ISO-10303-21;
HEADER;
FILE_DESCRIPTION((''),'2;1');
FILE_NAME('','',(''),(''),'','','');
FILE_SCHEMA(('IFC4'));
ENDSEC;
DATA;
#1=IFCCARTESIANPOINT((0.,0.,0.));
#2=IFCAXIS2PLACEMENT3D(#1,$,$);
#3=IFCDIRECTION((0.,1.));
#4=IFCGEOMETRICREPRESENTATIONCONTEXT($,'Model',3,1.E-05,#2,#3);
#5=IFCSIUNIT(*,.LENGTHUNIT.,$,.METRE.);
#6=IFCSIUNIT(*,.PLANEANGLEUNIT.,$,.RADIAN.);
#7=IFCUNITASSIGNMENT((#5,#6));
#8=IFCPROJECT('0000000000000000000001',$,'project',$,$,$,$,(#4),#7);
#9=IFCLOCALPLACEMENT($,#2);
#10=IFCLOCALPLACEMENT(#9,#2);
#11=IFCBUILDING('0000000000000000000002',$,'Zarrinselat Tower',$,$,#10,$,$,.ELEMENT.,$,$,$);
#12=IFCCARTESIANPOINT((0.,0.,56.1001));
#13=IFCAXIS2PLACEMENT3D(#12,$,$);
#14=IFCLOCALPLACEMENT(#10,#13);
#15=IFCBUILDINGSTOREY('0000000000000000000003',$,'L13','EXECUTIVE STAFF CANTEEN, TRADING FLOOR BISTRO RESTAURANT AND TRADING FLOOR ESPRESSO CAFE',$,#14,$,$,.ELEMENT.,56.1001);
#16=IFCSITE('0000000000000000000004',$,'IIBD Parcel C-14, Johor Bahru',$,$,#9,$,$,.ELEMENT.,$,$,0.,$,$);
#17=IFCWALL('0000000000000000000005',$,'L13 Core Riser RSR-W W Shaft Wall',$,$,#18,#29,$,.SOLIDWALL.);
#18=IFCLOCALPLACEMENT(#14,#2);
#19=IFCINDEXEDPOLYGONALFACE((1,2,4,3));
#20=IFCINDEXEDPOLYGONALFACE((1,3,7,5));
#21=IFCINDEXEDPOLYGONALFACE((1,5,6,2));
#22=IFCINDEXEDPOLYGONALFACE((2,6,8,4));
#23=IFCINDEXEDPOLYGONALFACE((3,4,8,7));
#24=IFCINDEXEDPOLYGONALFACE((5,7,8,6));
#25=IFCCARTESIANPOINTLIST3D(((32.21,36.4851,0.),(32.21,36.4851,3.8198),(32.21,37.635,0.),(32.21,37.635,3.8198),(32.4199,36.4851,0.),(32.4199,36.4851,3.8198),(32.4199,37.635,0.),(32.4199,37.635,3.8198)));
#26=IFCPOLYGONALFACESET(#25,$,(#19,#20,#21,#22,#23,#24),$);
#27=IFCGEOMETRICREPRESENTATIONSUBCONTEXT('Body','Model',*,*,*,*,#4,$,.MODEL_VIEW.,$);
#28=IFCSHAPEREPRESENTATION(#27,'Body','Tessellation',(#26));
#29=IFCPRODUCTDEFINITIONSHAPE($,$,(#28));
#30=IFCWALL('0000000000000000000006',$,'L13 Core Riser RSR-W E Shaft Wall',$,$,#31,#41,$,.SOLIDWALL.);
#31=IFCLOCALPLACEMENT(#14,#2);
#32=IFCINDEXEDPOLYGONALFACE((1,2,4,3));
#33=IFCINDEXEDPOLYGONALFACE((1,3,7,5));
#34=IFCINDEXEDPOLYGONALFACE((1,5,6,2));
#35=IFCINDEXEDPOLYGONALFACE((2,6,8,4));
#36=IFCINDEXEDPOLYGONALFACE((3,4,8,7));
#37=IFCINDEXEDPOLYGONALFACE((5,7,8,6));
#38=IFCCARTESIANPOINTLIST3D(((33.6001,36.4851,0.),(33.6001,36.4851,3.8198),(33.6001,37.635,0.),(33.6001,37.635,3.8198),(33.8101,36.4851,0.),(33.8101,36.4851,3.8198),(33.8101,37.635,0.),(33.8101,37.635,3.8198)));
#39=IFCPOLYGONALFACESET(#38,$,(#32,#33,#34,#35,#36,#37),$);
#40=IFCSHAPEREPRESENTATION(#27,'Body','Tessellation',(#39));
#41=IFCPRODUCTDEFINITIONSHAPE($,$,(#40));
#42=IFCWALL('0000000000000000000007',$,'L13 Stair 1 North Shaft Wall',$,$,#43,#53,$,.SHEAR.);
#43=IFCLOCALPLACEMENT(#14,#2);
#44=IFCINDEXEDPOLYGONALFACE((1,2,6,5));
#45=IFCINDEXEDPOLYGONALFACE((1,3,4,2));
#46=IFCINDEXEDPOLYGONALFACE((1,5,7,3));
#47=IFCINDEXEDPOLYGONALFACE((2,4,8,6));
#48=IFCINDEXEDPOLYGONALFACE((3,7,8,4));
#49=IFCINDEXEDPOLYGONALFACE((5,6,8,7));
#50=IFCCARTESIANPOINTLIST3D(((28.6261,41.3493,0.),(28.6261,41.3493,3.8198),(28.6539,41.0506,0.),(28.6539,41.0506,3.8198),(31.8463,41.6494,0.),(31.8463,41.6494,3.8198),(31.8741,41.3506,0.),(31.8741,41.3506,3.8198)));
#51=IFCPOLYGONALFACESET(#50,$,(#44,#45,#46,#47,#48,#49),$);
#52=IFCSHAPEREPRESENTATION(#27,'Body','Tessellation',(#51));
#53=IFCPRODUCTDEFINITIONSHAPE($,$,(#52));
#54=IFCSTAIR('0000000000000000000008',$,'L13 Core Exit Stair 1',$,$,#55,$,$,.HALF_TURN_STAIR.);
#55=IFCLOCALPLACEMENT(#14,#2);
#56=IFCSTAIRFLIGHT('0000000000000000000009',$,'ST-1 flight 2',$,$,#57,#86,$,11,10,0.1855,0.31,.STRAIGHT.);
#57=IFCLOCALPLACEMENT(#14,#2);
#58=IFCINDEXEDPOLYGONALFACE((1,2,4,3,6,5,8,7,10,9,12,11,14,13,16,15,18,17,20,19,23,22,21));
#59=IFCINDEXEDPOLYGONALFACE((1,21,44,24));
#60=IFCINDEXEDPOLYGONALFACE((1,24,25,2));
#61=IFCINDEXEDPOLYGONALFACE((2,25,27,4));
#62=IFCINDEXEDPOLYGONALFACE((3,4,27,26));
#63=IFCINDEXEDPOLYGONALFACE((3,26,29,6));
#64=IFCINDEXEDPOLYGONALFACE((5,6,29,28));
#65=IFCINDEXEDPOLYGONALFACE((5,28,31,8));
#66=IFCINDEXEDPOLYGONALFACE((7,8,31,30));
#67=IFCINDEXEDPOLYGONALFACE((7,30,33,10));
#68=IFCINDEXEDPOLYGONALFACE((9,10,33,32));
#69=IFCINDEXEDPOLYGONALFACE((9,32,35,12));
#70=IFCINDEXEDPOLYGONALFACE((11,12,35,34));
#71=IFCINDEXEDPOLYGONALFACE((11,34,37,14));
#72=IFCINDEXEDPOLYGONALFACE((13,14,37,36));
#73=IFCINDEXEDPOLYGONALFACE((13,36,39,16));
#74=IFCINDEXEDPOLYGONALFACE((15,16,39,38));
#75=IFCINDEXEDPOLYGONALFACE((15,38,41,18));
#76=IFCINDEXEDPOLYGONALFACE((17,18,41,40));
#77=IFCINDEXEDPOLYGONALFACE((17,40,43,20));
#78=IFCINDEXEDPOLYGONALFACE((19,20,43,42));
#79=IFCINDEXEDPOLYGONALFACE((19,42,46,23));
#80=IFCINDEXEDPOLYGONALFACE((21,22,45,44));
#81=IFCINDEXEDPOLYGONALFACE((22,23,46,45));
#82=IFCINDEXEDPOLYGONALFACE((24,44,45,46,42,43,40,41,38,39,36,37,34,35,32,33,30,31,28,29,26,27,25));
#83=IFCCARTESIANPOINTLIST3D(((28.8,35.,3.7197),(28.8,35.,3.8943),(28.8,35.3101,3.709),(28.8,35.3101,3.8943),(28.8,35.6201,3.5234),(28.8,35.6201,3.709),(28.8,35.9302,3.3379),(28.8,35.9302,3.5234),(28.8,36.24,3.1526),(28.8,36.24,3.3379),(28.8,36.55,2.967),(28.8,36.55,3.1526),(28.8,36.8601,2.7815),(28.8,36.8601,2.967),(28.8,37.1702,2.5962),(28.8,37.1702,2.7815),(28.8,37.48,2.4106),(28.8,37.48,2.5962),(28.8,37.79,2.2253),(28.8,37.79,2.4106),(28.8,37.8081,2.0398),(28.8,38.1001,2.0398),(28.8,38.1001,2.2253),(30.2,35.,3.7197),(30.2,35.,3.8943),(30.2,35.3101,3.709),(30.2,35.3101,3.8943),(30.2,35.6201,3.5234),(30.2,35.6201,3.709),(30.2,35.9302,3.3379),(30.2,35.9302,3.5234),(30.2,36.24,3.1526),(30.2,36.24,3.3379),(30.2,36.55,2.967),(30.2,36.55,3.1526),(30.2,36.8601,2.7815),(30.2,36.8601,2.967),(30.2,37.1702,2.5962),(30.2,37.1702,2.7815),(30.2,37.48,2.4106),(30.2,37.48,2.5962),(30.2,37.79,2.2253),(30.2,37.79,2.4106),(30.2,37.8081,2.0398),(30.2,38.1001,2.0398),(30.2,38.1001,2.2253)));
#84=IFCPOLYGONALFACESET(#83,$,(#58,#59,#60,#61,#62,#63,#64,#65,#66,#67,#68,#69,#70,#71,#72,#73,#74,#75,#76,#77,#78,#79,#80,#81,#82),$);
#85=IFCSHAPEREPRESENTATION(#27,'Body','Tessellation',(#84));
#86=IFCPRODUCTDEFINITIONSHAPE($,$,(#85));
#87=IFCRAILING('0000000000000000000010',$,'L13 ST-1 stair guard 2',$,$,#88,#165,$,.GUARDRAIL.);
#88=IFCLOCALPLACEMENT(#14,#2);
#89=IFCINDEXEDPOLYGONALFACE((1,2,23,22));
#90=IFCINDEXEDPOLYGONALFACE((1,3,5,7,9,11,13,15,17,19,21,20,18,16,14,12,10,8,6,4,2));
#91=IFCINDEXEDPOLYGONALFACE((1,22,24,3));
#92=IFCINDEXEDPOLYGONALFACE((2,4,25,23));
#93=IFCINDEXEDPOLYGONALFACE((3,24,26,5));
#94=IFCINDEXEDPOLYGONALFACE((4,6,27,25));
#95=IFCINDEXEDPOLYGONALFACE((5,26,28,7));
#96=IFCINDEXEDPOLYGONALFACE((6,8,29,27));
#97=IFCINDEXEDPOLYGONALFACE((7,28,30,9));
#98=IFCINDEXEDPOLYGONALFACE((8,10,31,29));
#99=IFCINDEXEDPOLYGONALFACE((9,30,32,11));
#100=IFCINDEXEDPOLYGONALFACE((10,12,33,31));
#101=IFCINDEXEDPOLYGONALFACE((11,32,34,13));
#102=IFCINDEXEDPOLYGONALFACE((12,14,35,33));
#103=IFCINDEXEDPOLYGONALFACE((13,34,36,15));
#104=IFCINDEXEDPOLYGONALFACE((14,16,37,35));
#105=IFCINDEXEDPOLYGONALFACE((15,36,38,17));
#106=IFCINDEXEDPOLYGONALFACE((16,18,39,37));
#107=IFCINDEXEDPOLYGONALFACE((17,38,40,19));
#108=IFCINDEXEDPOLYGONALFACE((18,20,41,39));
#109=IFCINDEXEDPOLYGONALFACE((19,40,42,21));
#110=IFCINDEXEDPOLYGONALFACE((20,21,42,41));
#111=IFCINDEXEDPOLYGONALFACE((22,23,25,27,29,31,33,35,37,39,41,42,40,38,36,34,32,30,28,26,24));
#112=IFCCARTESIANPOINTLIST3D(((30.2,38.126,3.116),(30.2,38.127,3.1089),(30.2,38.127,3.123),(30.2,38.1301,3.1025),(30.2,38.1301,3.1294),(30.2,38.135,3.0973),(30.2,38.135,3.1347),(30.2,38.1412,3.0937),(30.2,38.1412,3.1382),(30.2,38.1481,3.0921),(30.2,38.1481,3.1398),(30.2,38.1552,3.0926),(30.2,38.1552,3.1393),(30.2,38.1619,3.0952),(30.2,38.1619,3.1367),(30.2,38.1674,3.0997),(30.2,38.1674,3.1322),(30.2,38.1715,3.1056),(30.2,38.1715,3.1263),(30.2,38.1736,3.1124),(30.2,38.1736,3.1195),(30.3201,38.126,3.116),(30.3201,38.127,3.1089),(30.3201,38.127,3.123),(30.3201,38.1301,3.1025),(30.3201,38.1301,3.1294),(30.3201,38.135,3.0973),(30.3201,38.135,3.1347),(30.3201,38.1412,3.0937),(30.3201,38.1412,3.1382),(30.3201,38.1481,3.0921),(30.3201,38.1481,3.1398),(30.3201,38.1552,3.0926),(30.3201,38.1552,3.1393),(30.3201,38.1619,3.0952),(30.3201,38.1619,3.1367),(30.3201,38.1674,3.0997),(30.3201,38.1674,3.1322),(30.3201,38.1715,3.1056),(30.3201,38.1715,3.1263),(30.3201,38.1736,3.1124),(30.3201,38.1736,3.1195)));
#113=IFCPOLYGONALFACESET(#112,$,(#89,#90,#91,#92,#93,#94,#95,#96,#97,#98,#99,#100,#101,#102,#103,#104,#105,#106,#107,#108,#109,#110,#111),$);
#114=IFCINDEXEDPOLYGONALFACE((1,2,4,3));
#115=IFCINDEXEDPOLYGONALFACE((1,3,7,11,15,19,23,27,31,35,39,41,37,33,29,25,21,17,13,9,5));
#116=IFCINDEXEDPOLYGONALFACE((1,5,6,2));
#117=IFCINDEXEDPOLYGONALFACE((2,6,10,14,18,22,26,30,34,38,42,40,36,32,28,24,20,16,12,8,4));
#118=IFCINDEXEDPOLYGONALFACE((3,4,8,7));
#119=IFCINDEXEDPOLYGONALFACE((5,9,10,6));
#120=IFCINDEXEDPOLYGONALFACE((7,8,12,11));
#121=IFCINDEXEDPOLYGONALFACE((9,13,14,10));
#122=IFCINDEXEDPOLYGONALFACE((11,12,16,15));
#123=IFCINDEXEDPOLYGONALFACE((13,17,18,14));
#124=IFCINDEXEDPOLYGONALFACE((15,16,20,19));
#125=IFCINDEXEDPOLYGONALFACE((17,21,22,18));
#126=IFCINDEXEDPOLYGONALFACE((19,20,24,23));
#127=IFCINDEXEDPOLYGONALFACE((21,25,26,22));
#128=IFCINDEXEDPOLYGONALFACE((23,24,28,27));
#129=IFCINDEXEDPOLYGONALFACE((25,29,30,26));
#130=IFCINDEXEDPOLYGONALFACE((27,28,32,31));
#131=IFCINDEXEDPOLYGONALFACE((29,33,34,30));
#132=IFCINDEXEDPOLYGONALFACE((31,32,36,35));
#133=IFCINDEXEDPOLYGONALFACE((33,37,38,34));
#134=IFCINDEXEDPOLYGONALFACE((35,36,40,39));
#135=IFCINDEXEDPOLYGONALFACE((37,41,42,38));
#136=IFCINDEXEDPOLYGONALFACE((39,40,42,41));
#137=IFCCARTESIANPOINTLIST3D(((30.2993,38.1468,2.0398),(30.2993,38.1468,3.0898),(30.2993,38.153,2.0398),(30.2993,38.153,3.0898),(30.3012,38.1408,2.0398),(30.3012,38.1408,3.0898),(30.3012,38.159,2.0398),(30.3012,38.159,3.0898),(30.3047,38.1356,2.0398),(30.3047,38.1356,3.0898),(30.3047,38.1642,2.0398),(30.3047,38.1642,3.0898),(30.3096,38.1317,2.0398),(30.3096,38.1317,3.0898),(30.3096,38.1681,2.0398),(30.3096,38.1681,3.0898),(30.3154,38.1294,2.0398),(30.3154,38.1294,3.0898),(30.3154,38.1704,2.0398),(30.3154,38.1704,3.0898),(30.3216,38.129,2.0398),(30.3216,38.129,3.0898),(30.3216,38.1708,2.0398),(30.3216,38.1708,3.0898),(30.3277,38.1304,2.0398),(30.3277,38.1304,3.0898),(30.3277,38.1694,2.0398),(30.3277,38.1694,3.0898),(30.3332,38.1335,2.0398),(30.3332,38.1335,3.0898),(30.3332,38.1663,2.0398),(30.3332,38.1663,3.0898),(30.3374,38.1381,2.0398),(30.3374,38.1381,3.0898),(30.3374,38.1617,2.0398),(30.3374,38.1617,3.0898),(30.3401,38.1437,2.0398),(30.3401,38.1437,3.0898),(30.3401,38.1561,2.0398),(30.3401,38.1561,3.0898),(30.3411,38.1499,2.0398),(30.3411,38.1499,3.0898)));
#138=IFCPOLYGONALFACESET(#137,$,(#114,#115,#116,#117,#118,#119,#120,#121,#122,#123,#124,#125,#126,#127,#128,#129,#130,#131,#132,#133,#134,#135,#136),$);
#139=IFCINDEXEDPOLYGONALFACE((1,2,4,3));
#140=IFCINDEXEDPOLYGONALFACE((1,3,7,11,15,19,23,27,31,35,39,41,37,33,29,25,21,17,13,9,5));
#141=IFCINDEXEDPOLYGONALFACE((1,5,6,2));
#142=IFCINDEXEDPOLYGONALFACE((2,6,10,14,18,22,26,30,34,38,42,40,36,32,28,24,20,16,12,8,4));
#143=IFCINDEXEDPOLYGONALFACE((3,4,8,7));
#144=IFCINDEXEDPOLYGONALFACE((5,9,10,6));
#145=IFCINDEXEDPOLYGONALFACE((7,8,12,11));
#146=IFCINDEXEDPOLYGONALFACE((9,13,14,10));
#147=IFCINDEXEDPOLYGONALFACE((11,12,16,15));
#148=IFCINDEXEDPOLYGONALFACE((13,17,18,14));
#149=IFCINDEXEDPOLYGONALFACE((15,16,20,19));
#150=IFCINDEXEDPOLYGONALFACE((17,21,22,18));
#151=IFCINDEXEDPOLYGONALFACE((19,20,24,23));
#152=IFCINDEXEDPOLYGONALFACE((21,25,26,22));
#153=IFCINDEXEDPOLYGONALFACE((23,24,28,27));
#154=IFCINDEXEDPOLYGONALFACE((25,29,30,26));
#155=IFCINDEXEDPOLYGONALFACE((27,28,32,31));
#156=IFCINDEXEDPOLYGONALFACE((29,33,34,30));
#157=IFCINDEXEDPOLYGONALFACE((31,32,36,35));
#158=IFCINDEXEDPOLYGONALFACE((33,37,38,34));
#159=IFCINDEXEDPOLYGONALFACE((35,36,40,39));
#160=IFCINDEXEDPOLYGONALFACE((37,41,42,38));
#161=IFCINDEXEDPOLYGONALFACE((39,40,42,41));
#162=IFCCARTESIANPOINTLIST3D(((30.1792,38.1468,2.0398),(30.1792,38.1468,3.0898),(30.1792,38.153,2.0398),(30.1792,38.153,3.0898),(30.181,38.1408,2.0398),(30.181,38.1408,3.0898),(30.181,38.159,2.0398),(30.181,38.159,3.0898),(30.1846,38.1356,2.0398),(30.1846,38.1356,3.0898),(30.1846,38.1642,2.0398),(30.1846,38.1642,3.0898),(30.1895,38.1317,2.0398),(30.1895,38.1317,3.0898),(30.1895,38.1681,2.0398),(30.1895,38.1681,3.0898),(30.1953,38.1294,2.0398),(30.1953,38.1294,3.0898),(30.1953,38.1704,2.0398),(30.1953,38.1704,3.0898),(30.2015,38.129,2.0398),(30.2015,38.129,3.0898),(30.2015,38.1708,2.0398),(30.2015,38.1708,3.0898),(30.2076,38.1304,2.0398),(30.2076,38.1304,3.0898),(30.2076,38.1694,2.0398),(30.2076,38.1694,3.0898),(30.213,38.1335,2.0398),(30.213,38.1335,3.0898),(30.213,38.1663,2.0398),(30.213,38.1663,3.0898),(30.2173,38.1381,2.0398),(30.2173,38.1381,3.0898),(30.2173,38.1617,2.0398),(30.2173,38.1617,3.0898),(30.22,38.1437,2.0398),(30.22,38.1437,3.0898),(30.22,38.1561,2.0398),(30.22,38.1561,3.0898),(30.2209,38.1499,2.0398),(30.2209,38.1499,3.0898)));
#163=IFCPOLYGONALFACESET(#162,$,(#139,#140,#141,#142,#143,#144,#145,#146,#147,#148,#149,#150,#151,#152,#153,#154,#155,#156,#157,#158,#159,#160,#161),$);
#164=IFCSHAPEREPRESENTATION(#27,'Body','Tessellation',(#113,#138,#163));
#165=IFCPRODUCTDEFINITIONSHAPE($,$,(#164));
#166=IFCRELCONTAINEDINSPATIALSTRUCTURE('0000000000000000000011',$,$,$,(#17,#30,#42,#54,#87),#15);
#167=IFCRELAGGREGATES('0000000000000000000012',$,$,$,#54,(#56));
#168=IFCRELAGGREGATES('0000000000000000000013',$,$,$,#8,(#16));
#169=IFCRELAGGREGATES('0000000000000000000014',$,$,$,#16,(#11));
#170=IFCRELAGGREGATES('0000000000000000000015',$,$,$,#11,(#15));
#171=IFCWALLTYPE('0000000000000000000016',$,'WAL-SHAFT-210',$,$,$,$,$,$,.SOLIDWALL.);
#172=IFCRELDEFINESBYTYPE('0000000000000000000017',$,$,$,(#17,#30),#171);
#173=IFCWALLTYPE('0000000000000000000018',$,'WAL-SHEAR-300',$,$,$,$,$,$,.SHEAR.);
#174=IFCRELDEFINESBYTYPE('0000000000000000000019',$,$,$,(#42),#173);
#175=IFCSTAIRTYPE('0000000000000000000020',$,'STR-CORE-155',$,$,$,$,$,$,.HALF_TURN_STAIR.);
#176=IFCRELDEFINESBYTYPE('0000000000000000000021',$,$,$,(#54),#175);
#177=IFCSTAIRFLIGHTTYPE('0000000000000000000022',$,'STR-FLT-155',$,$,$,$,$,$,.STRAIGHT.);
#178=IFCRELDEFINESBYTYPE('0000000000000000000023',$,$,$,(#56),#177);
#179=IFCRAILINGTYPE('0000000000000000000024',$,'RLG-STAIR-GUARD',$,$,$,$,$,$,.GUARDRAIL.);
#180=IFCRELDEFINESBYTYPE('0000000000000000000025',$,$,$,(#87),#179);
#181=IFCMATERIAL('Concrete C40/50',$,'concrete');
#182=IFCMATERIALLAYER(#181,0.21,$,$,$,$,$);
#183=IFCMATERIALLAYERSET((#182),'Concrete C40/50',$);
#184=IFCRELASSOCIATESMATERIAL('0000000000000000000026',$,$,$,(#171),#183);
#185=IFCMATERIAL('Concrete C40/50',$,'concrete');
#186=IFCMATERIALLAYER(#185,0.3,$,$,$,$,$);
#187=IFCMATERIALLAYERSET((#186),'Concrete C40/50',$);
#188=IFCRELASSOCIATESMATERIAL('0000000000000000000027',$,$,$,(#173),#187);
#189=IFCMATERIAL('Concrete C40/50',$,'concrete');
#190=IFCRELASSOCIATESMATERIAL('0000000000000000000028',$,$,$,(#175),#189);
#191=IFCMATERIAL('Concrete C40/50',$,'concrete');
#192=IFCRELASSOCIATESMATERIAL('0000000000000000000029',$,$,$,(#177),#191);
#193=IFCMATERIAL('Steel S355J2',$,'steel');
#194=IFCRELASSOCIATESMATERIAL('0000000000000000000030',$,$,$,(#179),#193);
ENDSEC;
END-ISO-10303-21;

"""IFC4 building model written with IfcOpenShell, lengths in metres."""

from ifc_helpers import new_model, si_unit, direction, frame, frame_2d, origin, origin_2d, place, context, subcontext, project, spatial, polyline, rectangle, circle, outline, extrude, material, layer, layer_set, type_object, element, aggregate, save


model = new_model("IFC4")

# Units and contexts
model_context = context("Model", 3, precision=1e-05, world=origin(), true_north=direction((0.0, 1.0)))
body_context = subcontext(model_context, "Body", "Model", "MODEL_VIEW")
ifc_project = project(units=[si_unit("LENGTHUNIT", "METRE"), si_unit("PLANEANGLEUNIT", "RADIAN")], contexts=[model_context])

# Site, building, storey
site_placement = place(None, origin())
site = spatial("IfcSite", under=ifc_project, at=site_placement, Name="IIBD Parcel C-14, Johor Bahru", CompositionType="ELEMENT", RefElevation=0.0)
building_placement = place(site_placement, origin())
building = spatial("IfcBuilding", under=site, at=building_placement, Name="Zarrinselat Tower", CompositionType="ELEMENT")
storey_placement = place(building_placement, frame((0.0, 0.0, 56.1001)))
storey = spatial("IfcBuildingStorey", under=building, at=storey_placement, Name="L13", Description="EXECUTIVE STAFF CANTEEN, TRADING FLOOR BISTRO RESTAURANT AND TRADING FLOOR ESPRESSO CAFE", CompositionType="ELEMENT", Elevation=56.1001)

# Shared definitions
ifc_material_1 = material(Name="Concrete C40/50", Category="concrete")
ifc_layer_1 = layer(ifc_material_1, 0.21)
ifc_layer_set_1 = layer_set([ifc_layer_1], Name="Concrete C40/50")
wall_type_1 = type_object("IfcWallType", Name="WAL-SHAFT-210", PredefinedType="SOLIDWALL", material=ifc_layer_set_1)

# Walls
for number, where, z_axis, x_axis, name in (
    (1, (32.3149, 36.4851, 0.0), (0.0, 0.0, 1.0), (0.0, 1.0, 0.0), "L13 Core Riser RSR-W W Shaft Wall"),
    (2, (33.7051, 36.4851, 0.0), (0.0, 0.0, 1.0), (0.0, 1.0, 0.0), "L13 Core Riser RSR-W E Shaft Wall"),
):
    element("IfcWall", number, at=place(storey_placement, frame(where, z_axis=z_axis, x_axis=x_axis)), inside=storey, type_object=wall_type_1, Name=name, PredefinedType="SOLIDWALL", context=body_context, shape_type="SweptSolid", body=[
        extrude(rectangle(XDim=1.1499, YDim=0.21, at=frame_2d((0.575, 0.0))), origin(), (0.0, 0.0, 1.0), 3.8198),
    ])
ifc_material_2 = material(Name="Concrete C40/50", Category="concrete")
ifc_layer_2 = layer(ifc_material_2, 0.3)
ifc_layer_set_2 = layer_set([ifc_layer_2], Name="Concrete C40/50")
wall_type_2 = type_object("IfcWallType", Name="WAL-SHEAR-300", PredefinedType="SHEAR", material=ifc_layer_set_2)
wall_1_placement = place(storey_placement, frame((28.6399, 41.2, 0.0), z_axis=(0.0, 0.0, 1.0), x_axis=(0.995687, 0.092775, 0.0)))
element("IfcWall", 3, at=wall_1_placement, inside=storey, type_object=wall_type_2, Name="L13 Stair 1 North Shaft Wall", PredefinedType="SHEAR", context=body_context, shape_type="SweptSolid", body=[
    extrude(rectangle(XDim=3.2341, YDim=0.3, at=frame_2d((1.6172, 0.0))), origin(), (0.0, 0.0, 1.0), 3.8198),
])

# Stair, stair flight
ifc_material_3 = material(Name="Concrete C40/50", Category="concrete")
stair_type = type_object("IfcStairType", Name="STR-CORE-155", PredefinedType="HALF_TURN_STAIR", material=ifc_material_3)
stair_placement = place(storey_placement, origin())
stair = element("IfcStair", 4, at=stair_placement, inside=storey, type_object=stair_type, Name="L13 Core Exit Stair 1", PredefinedType="HALF_TURN_STAIR")
ifc_material_4 = material(Name="Concrete C40/50", Category="concrete")
stair_flight_type = type_object("IfcStairFlightType", Name="STR-FLT-155", PredefinedType="STRAIGHT", material=ifc_material_4)
stair_flight_placement = place(storey_placement, frame((29.5, 38.1001, 2.0398), z_axis=(0.0, 0.0, 1.0), x_axis=(0.0, -1.0, 0.0)))
stair_flight = element("IfcStairFlight", 5, at=stair_flight_placement, type_object=stair_flight_type, Name="ST-1 flight 2", NumberOfRisers=11, NumberOfTreads=10, PredefinedType="STRAIGHT", RiserHeight=0.1855, TreadLength=0.31, context=body_context, shape_type="SweptSolid", body=[
    extrude(outline(polyline([(0.0, 0.0), (0.0, 0.1855), (0.3101, 0.1855), (0.3101, 0.3708), (0.6201, 0.3708), (0.6201, 0.5564), (0.9299, 0.5564), (0.9299, 0.7417), (1.24, 0.7417), (1.24, 0.9272), (1.55, 0.9272), (1.55, 1.1128), (1.8601, 1.1128), (1.8601, 1.2981), (2.1699, 1.2981), (2.1699, 1.4836), (2.48, 1.4836), (2.48, 1.6692), (2.79, 1.6692), (2.79, 1.8545), (3.1001, 1.8545), (3.1001, 2.04), (3.1001, 1.6799), (0.292, 0.0), (0.0, 0.0)])), frame((0.0, 0.7, 0.0), z_axis=(0.0, -1.0, 0.0), x_axis=(1.0, 0.0, 0.0)), (0.0, 0.0, 1.0), 1.3999),
])
aggregate(stair, [stair_flight])

# Railing
ifc_material_5 = material(Name="Steel S355J2", Category="steel")
railing_type_1 = type_object("IfcRailingType", Name="RLG-STAIR-GUARD", PredefinedType="GUARDRAIL", material=ifc_material_5)
railing_1_placement = place(storey_placement, frame((30.3201, 38.1499, 2.0398)))
element("IfcRailing", 6, at=railing_1_placement, inside=storey, type_object=railing_type_1, Name="L13 ST-1 stair guard 2", PredefinedType="GUARDRAIL", context=body_context, shape_type="SweptSolid", body=[
    extrude(circle(Radius=0.0239, at=origin_2d()), frame((0.0, 0.0, 1.0762), z_axis=(-1.0, 0.0, 0.0), x_axis=(0.0, -1.0, 0.0)), (0.0, 0.0, 1.0), 0.1201),
    extrude(circle(Radius=0.021, at=origin_2d()), origin(), (0.0, 0.0, 1.0), 1.05),
    extrude(circle(Radius=0.021, at=origin_2d()), frame((-0.1201, 0.0, 0.0)), (0.0, 0.0, 1.0), 1.05),
])

save(model, "model.ifc")
